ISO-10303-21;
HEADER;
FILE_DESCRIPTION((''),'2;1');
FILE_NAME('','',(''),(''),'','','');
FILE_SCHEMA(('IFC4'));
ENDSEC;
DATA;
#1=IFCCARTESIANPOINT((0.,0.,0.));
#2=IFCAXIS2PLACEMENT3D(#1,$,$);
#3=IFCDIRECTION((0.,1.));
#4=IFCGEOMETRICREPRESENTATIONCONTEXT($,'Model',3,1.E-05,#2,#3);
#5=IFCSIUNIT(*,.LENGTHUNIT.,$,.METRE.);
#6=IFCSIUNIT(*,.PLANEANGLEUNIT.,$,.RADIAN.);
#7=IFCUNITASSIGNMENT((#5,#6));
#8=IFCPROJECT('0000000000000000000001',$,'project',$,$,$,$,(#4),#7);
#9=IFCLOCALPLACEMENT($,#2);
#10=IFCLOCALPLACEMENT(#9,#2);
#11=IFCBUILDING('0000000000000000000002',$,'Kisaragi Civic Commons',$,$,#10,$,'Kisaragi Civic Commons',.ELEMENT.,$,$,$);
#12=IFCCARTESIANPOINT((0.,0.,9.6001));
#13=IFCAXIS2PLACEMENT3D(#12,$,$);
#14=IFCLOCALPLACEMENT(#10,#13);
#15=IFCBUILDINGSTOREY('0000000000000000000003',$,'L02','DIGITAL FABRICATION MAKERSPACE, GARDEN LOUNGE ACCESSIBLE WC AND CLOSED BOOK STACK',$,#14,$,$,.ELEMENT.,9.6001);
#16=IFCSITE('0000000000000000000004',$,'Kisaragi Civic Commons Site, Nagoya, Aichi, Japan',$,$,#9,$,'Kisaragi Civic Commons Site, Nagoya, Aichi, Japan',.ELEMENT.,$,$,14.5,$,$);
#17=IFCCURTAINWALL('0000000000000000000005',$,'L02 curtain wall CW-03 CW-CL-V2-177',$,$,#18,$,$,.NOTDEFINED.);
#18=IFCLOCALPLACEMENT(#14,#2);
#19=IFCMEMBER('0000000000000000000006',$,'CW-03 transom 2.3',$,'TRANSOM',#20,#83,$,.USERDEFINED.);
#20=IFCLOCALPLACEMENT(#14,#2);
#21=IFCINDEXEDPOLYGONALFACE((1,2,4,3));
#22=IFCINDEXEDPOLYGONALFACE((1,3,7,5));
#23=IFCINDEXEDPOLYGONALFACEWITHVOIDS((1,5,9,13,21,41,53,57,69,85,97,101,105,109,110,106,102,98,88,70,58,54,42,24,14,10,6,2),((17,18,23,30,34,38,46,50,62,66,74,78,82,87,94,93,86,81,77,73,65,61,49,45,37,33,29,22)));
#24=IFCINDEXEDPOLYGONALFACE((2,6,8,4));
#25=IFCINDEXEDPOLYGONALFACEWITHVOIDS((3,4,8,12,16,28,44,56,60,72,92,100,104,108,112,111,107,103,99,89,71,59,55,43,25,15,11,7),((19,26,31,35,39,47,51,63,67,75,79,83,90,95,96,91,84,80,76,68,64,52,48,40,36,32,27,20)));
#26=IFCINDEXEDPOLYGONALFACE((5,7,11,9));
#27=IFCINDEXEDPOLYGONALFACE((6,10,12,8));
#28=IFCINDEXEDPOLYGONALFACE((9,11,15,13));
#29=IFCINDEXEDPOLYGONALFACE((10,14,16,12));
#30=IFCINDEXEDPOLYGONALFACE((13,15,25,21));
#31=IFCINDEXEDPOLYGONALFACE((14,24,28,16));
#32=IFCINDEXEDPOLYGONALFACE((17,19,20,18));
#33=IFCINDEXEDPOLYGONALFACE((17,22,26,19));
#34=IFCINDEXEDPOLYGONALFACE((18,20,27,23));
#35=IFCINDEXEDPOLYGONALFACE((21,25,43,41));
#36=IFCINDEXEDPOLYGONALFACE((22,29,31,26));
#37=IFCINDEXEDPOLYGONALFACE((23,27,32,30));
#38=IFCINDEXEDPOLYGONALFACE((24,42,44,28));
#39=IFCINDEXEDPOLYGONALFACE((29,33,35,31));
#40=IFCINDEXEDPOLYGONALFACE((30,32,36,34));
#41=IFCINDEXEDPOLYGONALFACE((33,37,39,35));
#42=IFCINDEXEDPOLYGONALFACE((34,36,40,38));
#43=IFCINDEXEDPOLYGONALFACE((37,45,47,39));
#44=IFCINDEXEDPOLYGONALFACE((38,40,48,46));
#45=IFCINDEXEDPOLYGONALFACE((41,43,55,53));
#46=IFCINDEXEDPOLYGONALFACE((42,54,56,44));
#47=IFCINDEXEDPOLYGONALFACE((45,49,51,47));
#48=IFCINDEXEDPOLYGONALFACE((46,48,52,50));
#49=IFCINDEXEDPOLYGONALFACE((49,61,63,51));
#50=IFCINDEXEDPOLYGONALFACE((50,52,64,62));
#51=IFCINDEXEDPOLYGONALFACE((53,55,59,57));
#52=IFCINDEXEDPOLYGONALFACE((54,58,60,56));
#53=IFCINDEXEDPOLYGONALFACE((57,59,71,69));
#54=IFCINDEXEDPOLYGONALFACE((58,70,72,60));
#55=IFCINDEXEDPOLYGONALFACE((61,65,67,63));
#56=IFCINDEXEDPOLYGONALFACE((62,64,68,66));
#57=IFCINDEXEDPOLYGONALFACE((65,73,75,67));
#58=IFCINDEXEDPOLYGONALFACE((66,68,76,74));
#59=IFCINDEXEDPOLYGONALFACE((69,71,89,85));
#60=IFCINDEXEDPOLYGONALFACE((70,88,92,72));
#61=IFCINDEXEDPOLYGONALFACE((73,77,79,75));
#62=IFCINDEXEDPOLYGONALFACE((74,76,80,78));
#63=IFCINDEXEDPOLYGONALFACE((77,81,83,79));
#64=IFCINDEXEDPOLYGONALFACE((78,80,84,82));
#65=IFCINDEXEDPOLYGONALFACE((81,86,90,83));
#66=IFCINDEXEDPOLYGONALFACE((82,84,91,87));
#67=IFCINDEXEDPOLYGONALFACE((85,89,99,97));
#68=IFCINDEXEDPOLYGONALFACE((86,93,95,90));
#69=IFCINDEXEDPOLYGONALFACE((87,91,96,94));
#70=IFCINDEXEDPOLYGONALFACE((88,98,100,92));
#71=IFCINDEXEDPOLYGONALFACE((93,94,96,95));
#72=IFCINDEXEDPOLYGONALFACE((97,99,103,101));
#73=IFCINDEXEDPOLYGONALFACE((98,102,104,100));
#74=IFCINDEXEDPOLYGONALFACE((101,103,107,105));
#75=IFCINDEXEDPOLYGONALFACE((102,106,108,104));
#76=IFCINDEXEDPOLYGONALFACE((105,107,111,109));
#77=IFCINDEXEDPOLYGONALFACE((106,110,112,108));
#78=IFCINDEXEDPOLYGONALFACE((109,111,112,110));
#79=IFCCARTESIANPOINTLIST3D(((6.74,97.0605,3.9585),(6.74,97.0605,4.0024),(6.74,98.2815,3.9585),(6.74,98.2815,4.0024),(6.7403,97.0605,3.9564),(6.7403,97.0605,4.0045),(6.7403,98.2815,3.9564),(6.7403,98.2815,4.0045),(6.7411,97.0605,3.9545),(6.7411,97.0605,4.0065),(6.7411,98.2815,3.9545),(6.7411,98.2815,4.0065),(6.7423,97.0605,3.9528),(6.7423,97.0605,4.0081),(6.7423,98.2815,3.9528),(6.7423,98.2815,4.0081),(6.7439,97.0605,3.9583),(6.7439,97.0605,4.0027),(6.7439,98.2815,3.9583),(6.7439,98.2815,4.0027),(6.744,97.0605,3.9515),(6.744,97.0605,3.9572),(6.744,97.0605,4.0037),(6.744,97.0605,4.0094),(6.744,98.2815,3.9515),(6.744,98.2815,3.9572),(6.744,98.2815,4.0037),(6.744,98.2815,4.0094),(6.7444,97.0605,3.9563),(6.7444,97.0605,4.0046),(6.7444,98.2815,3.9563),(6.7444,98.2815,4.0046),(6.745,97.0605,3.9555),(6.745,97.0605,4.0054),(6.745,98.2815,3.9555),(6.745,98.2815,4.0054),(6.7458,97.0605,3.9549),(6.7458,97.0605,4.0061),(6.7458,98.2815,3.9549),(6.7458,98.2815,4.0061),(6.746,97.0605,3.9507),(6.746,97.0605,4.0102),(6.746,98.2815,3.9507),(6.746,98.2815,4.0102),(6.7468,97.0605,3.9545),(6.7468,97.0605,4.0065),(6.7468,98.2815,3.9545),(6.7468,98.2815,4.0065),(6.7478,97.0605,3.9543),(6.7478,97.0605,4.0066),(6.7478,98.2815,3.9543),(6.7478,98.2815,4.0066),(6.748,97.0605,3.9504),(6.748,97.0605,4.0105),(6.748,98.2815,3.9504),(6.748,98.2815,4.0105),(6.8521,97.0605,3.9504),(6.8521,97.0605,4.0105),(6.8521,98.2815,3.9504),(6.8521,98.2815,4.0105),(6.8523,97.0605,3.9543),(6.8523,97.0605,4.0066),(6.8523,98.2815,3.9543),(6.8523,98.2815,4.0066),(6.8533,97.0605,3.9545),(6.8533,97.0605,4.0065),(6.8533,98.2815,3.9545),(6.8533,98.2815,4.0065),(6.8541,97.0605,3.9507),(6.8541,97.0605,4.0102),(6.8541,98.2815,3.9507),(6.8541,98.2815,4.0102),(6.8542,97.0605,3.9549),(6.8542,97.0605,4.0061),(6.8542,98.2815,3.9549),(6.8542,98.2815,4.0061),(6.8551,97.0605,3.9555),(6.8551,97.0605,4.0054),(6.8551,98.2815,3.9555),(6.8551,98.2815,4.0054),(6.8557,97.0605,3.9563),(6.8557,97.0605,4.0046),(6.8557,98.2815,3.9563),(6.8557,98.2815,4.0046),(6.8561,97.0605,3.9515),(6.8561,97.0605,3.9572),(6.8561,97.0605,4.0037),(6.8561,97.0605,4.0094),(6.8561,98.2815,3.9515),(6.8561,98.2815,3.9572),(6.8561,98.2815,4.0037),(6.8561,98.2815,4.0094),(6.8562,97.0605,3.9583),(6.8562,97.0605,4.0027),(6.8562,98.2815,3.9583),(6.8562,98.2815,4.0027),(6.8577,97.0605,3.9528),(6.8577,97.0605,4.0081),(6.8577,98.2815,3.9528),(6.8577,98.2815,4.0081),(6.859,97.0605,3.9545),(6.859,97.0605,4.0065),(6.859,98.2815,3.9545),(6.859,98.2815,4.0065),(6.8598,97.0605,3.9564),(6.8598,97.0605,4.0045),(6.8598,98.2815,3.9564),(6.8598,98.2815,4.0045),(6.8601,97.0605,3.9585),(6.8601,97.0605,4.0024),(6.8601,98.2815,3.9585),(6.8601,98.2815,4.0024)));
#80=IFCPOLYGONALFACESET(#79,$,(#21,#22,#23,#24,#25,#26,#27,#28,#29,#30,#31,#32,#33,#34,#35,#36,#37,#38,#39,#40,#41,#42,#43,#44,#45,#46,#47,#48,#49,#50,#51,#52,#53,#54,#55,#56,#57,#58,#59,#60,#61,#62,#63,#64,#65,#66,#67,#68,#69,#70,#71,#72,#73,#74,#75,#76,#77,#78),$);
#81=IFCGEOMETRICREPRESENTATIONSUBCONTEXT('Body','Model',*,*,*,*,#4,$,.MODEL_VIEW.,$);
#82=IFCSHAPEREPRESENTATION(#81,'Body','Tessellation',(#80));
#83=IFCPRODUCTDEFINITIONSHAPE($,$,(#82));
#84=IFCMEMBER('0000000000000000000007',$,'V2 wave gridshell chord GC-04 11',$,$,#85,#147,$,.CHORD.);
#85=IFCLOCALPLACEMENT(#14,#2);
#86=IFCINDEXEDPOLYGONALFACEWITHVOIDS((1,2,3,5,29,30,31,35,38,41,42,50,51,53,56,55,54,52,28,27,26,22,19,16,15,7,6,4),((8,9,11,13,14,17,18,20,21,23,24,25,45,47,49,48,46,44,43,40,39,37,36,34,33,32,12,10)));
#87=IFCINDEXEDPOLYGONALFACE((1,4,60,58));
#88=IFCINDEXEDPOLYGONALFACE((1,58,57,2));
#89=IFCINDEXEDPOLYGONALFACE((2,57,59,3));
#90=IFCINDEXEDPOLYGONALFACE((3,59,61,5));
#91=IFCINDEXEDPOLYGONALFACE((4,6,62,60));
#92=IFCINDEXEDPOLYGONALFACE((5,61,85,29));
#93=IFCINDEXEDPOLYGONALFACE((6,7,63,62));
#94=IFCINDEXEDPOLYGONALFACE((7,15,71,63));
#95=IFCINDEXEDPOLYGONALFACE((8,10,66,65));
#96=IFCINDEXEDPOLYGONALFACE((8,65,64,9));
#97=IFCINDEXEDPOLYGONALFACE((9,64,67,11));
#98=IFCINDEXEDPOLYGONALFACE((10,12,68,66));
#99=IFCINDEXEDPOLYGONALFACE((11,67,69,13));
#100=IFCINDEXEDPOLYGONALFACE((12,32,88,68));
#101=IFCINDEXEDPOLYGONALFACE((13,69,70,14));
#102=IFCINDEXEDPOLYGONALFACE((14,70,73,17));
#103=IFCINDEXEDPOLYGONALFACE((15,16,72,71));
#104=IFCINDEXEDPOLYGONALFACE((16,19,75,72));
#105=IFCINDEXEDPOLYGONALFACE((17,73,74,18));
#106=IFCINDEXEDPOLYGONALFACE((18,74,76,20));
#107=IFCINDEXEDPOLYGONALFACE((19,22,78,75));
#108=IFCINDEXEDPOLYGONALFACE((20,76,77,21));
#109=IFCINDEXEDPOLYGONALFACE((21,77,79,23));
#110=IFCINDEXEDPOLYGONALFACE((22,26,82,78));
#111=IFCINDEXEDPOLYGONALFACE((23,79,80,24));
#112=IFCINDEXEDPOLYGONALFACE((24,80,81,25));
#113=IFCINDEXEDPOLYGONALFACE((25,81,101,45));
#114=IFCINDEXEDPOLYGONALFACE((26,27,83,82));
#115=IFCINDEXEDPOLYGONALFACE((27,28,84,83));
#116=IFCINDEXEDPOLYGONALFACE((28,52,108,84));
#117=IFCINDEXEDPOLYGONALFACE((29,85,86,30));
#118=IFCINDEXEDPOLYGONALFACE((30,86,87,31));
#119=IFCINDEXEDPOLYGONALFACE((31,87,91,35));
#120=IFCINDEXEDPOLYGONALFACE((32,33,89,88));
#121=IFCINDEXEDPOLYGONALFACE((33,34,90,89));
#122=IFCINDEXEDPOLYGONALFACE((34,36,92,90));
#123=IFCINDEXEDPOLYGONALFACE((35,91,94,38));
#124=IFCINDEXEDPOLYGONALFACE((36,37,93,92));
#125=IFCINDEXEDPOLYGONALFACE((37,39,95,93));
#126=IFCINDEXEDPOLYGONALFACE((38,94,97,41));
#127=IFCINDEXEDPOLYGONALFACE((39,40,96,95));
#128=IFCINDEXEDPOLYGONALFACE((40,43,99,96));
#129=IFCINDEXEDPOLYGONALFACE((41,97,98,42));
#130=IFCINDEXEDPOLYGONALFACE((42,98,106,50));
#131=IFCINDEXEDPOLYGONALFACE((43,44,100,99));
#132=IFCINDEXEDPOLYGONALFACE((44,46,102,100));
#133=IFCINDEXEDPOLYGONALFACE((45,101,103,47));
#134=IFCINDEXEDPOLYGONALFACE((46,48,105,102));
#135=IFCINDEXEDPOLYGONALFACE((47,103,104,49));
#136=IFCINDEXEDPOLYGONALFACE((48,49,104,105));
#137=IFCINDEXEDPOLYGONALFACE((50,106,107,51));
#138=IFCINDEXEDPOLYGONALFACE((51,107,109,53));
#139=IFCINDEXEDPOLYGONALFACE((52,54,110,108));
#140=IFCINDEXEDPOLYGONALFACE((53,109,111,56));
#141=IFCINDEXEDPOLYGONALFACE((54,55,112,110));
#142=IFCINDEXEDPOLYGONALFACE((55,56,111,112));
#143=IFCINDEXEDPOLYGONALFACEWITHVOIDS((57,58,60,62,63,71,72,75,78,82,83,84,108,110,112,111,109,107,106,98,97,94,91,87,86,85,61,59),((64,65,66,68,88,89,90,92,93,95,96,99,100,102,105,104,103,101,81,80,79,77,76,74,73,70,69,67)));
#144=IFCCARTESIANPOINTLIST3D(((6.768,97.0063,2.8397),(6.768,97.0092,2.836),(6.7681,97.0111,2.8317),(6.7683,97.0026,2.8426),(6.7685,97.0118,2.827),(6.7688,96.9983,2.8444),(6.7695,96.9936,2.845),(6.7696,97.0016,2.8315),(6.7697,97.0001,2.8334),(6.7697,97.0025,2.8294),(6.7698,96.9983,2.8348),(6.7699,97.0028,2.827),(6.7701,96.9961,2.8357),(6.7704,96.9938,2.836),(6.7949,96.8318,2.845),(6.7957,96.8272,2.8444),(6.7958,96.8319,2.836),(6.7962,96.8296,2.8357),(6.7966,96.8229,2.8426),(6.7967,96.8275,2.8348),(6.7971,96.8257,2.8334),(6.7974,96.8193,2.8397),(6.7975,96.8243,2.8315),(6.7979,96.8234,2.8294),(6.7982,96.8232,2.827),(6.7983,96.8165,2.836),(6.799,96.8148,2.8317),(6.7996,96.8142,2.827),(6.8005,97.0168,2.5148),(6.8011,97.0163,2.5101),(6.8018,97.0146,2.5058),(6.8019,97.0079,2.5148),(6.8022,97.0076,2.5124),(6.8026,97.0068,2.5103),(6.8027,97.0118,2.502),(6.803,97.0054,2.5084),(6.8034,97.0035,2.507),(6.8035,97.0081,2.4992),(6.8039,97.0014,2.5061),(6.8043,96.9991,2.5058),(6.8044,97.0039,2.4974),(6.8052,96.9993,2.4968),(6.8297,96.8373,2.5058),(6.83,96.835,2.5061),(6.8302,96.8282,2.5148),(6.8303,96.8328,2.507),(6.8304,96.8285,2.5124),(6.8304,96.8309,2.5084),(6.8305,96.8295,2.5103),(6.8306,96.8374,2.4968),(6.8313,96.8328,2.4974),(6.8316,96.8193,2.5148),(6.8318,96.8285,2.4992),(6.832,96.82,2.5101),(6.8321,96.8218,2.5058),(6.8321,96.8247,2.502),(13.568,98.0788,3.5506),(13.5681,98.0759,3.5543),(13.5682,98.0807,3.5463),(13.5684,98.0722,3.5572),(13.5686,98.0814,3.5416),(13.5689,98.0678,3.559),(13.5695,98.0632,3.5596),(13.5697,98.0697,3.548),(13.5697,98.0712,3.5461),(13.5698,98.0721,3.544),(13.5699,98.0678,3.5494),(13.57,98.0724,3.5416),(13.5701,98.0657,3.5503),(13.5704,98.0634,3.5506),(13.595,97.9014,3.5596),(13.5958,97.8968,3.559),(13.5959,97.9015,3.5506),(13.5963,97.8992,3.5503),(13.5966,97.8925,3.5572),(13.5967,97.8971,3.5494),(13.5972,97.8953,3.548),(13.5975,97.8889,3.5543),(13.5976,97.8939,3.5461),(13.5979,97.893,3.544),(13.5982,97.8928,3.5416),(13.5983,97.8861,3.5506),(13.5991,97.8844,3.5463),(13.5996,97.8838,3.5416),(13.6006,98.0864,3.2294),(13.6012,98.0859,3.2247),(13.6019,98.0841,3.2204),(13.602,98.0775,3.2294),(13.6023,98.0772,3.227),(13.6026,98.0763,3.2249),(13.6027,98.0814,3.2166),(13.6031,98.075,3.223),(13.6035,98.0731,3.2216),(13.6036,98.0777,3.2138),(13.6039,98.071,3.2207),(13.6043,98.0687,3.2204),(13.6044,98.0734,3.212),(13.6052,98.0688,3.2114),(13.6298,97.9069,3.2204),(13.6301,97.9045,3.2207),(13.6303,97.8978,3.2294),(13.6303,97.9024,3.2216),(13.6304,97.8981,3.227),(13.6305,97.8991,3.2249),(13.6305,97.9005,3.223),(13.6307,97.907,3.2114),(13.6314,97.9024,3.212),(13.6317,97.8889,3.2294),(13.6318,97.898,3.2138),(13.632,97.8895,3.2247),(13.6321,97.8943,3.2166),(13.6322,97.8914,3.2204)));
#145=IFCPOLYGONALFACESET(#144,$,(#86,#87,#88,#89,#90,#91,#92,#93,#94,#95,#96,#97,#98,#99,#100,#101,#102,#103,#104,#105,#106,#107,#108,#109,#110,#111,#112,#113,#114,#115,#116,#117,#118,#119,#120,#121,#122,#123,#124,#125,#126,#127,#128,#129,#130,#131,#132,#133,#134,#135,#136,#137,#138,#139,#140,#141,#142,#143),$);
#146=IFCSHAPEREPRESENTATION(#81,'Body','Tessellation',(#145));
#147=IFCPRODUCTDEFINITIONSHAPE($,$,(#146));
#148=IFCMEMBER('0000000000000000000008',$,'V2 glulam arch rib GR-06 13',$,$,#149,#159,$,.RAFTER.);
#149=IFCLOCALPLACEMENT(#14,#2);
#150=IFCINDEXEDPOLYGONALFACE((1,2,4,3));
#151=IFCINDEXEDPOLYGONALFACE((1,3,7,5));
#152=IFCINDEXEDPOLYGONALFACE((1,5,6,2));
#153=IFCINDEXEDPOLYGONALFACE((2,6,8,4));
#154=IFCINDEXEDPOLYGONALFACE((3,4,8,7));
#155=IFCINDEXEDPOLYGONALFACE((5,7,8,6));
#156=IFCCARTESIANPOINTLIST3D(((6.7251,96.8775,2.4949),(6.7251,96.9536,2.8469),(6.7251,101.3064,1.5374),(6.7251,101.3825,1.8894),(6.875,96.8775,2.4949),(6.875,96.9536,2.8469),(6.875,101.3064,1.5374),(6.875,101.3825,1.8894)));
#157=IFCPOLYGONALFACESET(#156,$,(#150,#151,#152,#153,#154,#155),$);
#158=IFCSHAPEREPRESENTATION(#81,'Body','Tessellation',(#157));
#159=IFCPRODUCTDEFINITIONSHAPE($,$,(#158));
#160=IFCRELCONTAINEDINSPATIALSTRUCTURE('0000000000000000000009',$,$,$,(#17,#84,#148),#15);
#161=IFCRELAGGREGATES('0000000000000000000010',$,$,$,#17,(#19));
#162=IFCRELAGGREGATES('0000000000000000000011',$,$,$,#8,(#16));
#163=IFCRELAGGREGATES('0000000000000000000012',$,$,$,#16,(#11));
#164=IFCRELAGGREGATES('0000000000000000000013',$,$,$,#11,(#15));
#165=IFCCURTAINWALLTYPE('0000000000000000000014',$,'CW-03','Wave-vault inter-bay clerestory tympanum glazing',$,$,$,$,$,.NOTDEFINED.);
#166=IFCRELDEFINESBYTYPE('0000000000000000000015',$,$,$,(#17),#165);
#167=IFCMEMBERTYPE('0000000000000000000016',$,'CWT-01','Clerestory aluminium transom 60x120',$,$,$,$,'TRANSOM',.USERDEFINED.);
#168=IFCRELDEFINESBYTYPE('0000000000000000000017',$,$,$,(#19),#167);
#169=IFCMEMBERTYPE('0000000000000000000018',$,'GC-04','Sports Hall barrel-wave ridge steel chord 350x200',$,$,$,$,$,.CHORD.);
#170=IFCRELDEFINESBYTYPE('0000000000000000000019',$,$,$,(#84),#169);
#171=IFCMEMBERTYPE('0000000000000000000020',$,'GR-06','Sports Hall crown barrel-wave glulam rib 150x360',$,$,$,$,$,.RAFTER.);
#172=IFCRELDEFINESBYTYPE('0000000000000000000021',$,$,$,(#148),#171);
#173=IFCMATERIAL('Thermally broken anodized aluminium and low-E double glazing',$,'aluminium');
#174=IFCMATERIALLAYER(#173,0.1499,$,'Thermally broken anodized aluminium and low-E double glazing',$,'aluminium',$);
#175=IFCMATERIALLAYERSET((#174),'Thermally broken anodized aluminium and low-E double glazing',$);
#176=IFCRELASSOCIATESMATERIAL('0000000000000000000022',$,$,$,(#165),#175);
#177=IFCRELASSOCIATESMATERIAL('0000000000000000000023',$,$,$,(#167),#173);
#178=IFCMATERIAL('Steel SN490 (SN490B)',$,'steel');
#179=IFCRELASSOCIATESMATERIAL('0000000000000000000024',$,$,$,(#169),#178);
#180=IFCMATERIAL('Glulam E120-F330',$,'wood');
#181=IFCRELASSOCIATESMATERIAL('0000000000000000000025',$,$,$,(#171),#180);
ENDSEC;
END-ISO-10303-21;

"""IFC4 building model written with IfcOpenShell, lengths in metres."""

from ifc_helpers import new_model, si_unit, direction, frame, origin, origin_2d, place, context, subcontext, project, spatial, rectangle, hollow_rectangle, extrude, material, layer, layer_set, material_profile, profile_set, type_object, element, aggregate, save


model = new_model("IFC4")

# Units and contexts
model_context = context("Model", 3, precision=1e-05, world=origin(), true_north=direction((0.0, 1.0)))
body_context = subcontext(model_context, "Body", "Model", "MODEL_VIEW")
ifc_project = project(units=[si_unit("LENGTHUNIT", "METRE"), si_unit("PLANEANGLEUNIT", "RADIAN")], contexts=[model_context])

# Site, building, storey
site_placement = place(None, origin())
site = spatial("IfcSite", under=ifc_project, at=site_placement, Name="Kisaragi Civic Commons Site, Nagoya, Aichi, Japan", LongName="Kisaragi Civic Commons Site, Nagoya, Aichi, Japan", CompositionType="ELEMENT", RefElevation=14.5)
building_placement = place(site_placement, origin())
building = spatial("IfcBuilding", under=site, at=building_placement, Name="Kisaragi Civic Commons", LongName="Kisaragi Civic Commons", CompositionType="ELEMENT")
storey_placement = place(building_placement, frame((0.0, 0.0, 9.6001)))
storey = spatial("IfcBuildingStorey", under=building, at=storey_placement, Name="L02", Description="DIGITAL FABRICATION MAKERSPACE, GARDEN LOUNGE ACCESSIBLE WC AND CLOSED BOOK STACK", CompositionType="ELEMENT", Elevation=9.6001)

# Curtain wall, member
ifc_material_1 = material(Name="Thermally broken anodized aluminium and low-E double glazing", Category="aluminium")
ifc_layer_1 = layer(ifc_material_1, 0.1499, Name="Thermally broken anodized aluminium and low-E double glazing", Category="aluminium")
ifc_layer_set_1 = layer_set([ifc_layer_1], Name="Thermally broken anodized aluminium and low-E double glazing")
curtain_wall_type = type_object("IfcCurtainWallType", Name="CW-03", Description="Wave-vault inter-bay clerestory tympanum glazing", PredefinedType="NOTDEFINED", material=ifc_layer_set_1)
curtain_wall_placement = place(storey_placement, origin())
curtain_wall = element("IfcCurtainWall", 1, at=curtain_wall_placement, inside=storey, type_object=curtain_wall_type, Name="L02 curtain wall CW-03 CW-CL-V2-177", PredefinedType="NOTDEFINED")
ifc_material_profile_1 = material_profile(ifc_material_1, hollow_rectangle(XDim=0.1201, YDim=0.0601, WallThickness=0.0039, InnerFilletRadius=0.0039, OuterFilletRadius=0.0081, at=origin_2d()), Name="CWT-60x120x4", Category="aluminium")
ifc_profile_set_1 = profile_set([ifc_material_profile_1], Name="Thermally broken anodized aluminium and low-E double glazing")
member_type_1 = type_object("IfcMemberType", Name="CWT-01", Description="Clerestory aluminium transom 60x120", ElementType="TRANSOM", PredefinedType="USERDEFINED", material=ifc_profile_set_1)
member_1_placement = place(storey_placement, frame((6.8, 97.0605, 3.9805), z_axis=(0.0, 1.0, 0.0), x_axis=(-1.0, 0.0, 0.0)))
member_1 = element("IfcMember", 2, at=member_1_placement, type_object=member_type_1, Name="CW-03 transom 2.3", ObjectType="TRANSOM", PredefinedType="USERDEFINED", context=body_context, shape_type="SweptSolid", body=[
    extrude(hollow_rectangle(XDim=0.1201, YDim=0.0601, WallThickness=0.0039, InnerFilletRadius=0.0039, OuterFilletRadius=0.0081, at=origin_2d()), origin(), (0.0, 0.0, 1.0), 1.2209),
])

# Members
ifc_material_2 = material(Name="Steel SN490 (SN490B)", Category="steel")
ifc_material_profile_2 = material_profile(ifc_material_2, hollow_rectangle(XDim=0.2, YDim=0.3501, WallThickness=0.009, InnerFilletRadius=0.009, OuterFilletRadius=0.0181, at=origin_2d()), Name="STKR-350x200x9", Category="steel")
ifc_profile_set_2 = profile_set([ifc_material_profile_2], Name="Steel SN490 (SN490B)")
member_type_2 = type_object("IfcMemberType", Name="GC-04", Description="Sports Hall barrel-wave ridge steel chord 350x200", PredefinedType="CHORD", material=ifc_profile_set_2)
member_2_placement = place(storey_placement, frame((6.8, 96.9155, 2.6709), z_axis=(0.982575, 0.154549, 0.103256), x_axis=(-0.15538, 0.987855, 0.0)))
element("IfcMember", 3, at=member_2_placement, inside=storey, type_object=member_type_2, Name="V2 wave gridshell chord GC-04 11", PredefinedType="CHORD", context=body_context, shape_type="SweptSolid", body=[
    extrude(hollow_rectangle(XDim=0.2, YDim=0.3501, WallThickness=0.009, InnerFilletRadius=0.009, OuterFilletRadius=0.0181, at=origin_2d()), origin(), (0.0, 0.0, 1.0), 6.9207),
])
ifc_material_3 = material(Name="Glulam E120-F330", Category="wood")
ifc_material_profile_3 = material_profile(ifc_material_3, rectangle(XDim=0.1499, YDim=0.3601, at=origin_2d()), Name="GL-150x360", Category="wood")
ifc_profile_set_3 = profile_set([ifc_material_profile_3], Name="Glulam E120-F330")
member_type_3 = type_object("IfcMemberType", Name="GR-06", Description="Sports Hall crown barrel-wave glulam rib 150x360", PredefinedType="RAFTER", material=ifc_profile_set_3)
member_3_placement = place(storey_placement, frame((6.8, 96.9155, 2.6709), z_axis=(0.0, 0.977418, -0.211313), x_axis=(-1.0, 0.0, 0.0)))
element("IfcMember", 4, at=member_3_placement, inside=storey, type_object=member_type_3, Name="V2 glulam arch rib GR-06 13", PredefinedType="RAFTER", context=body_context, shape_type="SweptSolid", body=[
    extrude(rectangle(XDim=0.1499, YDim=0.3601, at=origin_2d()), origin(), (0.0, 0.0, 1.0), 4.5312),
])

aggregate(curtain_wall, [member_1])

save(model, "model.ifc")
